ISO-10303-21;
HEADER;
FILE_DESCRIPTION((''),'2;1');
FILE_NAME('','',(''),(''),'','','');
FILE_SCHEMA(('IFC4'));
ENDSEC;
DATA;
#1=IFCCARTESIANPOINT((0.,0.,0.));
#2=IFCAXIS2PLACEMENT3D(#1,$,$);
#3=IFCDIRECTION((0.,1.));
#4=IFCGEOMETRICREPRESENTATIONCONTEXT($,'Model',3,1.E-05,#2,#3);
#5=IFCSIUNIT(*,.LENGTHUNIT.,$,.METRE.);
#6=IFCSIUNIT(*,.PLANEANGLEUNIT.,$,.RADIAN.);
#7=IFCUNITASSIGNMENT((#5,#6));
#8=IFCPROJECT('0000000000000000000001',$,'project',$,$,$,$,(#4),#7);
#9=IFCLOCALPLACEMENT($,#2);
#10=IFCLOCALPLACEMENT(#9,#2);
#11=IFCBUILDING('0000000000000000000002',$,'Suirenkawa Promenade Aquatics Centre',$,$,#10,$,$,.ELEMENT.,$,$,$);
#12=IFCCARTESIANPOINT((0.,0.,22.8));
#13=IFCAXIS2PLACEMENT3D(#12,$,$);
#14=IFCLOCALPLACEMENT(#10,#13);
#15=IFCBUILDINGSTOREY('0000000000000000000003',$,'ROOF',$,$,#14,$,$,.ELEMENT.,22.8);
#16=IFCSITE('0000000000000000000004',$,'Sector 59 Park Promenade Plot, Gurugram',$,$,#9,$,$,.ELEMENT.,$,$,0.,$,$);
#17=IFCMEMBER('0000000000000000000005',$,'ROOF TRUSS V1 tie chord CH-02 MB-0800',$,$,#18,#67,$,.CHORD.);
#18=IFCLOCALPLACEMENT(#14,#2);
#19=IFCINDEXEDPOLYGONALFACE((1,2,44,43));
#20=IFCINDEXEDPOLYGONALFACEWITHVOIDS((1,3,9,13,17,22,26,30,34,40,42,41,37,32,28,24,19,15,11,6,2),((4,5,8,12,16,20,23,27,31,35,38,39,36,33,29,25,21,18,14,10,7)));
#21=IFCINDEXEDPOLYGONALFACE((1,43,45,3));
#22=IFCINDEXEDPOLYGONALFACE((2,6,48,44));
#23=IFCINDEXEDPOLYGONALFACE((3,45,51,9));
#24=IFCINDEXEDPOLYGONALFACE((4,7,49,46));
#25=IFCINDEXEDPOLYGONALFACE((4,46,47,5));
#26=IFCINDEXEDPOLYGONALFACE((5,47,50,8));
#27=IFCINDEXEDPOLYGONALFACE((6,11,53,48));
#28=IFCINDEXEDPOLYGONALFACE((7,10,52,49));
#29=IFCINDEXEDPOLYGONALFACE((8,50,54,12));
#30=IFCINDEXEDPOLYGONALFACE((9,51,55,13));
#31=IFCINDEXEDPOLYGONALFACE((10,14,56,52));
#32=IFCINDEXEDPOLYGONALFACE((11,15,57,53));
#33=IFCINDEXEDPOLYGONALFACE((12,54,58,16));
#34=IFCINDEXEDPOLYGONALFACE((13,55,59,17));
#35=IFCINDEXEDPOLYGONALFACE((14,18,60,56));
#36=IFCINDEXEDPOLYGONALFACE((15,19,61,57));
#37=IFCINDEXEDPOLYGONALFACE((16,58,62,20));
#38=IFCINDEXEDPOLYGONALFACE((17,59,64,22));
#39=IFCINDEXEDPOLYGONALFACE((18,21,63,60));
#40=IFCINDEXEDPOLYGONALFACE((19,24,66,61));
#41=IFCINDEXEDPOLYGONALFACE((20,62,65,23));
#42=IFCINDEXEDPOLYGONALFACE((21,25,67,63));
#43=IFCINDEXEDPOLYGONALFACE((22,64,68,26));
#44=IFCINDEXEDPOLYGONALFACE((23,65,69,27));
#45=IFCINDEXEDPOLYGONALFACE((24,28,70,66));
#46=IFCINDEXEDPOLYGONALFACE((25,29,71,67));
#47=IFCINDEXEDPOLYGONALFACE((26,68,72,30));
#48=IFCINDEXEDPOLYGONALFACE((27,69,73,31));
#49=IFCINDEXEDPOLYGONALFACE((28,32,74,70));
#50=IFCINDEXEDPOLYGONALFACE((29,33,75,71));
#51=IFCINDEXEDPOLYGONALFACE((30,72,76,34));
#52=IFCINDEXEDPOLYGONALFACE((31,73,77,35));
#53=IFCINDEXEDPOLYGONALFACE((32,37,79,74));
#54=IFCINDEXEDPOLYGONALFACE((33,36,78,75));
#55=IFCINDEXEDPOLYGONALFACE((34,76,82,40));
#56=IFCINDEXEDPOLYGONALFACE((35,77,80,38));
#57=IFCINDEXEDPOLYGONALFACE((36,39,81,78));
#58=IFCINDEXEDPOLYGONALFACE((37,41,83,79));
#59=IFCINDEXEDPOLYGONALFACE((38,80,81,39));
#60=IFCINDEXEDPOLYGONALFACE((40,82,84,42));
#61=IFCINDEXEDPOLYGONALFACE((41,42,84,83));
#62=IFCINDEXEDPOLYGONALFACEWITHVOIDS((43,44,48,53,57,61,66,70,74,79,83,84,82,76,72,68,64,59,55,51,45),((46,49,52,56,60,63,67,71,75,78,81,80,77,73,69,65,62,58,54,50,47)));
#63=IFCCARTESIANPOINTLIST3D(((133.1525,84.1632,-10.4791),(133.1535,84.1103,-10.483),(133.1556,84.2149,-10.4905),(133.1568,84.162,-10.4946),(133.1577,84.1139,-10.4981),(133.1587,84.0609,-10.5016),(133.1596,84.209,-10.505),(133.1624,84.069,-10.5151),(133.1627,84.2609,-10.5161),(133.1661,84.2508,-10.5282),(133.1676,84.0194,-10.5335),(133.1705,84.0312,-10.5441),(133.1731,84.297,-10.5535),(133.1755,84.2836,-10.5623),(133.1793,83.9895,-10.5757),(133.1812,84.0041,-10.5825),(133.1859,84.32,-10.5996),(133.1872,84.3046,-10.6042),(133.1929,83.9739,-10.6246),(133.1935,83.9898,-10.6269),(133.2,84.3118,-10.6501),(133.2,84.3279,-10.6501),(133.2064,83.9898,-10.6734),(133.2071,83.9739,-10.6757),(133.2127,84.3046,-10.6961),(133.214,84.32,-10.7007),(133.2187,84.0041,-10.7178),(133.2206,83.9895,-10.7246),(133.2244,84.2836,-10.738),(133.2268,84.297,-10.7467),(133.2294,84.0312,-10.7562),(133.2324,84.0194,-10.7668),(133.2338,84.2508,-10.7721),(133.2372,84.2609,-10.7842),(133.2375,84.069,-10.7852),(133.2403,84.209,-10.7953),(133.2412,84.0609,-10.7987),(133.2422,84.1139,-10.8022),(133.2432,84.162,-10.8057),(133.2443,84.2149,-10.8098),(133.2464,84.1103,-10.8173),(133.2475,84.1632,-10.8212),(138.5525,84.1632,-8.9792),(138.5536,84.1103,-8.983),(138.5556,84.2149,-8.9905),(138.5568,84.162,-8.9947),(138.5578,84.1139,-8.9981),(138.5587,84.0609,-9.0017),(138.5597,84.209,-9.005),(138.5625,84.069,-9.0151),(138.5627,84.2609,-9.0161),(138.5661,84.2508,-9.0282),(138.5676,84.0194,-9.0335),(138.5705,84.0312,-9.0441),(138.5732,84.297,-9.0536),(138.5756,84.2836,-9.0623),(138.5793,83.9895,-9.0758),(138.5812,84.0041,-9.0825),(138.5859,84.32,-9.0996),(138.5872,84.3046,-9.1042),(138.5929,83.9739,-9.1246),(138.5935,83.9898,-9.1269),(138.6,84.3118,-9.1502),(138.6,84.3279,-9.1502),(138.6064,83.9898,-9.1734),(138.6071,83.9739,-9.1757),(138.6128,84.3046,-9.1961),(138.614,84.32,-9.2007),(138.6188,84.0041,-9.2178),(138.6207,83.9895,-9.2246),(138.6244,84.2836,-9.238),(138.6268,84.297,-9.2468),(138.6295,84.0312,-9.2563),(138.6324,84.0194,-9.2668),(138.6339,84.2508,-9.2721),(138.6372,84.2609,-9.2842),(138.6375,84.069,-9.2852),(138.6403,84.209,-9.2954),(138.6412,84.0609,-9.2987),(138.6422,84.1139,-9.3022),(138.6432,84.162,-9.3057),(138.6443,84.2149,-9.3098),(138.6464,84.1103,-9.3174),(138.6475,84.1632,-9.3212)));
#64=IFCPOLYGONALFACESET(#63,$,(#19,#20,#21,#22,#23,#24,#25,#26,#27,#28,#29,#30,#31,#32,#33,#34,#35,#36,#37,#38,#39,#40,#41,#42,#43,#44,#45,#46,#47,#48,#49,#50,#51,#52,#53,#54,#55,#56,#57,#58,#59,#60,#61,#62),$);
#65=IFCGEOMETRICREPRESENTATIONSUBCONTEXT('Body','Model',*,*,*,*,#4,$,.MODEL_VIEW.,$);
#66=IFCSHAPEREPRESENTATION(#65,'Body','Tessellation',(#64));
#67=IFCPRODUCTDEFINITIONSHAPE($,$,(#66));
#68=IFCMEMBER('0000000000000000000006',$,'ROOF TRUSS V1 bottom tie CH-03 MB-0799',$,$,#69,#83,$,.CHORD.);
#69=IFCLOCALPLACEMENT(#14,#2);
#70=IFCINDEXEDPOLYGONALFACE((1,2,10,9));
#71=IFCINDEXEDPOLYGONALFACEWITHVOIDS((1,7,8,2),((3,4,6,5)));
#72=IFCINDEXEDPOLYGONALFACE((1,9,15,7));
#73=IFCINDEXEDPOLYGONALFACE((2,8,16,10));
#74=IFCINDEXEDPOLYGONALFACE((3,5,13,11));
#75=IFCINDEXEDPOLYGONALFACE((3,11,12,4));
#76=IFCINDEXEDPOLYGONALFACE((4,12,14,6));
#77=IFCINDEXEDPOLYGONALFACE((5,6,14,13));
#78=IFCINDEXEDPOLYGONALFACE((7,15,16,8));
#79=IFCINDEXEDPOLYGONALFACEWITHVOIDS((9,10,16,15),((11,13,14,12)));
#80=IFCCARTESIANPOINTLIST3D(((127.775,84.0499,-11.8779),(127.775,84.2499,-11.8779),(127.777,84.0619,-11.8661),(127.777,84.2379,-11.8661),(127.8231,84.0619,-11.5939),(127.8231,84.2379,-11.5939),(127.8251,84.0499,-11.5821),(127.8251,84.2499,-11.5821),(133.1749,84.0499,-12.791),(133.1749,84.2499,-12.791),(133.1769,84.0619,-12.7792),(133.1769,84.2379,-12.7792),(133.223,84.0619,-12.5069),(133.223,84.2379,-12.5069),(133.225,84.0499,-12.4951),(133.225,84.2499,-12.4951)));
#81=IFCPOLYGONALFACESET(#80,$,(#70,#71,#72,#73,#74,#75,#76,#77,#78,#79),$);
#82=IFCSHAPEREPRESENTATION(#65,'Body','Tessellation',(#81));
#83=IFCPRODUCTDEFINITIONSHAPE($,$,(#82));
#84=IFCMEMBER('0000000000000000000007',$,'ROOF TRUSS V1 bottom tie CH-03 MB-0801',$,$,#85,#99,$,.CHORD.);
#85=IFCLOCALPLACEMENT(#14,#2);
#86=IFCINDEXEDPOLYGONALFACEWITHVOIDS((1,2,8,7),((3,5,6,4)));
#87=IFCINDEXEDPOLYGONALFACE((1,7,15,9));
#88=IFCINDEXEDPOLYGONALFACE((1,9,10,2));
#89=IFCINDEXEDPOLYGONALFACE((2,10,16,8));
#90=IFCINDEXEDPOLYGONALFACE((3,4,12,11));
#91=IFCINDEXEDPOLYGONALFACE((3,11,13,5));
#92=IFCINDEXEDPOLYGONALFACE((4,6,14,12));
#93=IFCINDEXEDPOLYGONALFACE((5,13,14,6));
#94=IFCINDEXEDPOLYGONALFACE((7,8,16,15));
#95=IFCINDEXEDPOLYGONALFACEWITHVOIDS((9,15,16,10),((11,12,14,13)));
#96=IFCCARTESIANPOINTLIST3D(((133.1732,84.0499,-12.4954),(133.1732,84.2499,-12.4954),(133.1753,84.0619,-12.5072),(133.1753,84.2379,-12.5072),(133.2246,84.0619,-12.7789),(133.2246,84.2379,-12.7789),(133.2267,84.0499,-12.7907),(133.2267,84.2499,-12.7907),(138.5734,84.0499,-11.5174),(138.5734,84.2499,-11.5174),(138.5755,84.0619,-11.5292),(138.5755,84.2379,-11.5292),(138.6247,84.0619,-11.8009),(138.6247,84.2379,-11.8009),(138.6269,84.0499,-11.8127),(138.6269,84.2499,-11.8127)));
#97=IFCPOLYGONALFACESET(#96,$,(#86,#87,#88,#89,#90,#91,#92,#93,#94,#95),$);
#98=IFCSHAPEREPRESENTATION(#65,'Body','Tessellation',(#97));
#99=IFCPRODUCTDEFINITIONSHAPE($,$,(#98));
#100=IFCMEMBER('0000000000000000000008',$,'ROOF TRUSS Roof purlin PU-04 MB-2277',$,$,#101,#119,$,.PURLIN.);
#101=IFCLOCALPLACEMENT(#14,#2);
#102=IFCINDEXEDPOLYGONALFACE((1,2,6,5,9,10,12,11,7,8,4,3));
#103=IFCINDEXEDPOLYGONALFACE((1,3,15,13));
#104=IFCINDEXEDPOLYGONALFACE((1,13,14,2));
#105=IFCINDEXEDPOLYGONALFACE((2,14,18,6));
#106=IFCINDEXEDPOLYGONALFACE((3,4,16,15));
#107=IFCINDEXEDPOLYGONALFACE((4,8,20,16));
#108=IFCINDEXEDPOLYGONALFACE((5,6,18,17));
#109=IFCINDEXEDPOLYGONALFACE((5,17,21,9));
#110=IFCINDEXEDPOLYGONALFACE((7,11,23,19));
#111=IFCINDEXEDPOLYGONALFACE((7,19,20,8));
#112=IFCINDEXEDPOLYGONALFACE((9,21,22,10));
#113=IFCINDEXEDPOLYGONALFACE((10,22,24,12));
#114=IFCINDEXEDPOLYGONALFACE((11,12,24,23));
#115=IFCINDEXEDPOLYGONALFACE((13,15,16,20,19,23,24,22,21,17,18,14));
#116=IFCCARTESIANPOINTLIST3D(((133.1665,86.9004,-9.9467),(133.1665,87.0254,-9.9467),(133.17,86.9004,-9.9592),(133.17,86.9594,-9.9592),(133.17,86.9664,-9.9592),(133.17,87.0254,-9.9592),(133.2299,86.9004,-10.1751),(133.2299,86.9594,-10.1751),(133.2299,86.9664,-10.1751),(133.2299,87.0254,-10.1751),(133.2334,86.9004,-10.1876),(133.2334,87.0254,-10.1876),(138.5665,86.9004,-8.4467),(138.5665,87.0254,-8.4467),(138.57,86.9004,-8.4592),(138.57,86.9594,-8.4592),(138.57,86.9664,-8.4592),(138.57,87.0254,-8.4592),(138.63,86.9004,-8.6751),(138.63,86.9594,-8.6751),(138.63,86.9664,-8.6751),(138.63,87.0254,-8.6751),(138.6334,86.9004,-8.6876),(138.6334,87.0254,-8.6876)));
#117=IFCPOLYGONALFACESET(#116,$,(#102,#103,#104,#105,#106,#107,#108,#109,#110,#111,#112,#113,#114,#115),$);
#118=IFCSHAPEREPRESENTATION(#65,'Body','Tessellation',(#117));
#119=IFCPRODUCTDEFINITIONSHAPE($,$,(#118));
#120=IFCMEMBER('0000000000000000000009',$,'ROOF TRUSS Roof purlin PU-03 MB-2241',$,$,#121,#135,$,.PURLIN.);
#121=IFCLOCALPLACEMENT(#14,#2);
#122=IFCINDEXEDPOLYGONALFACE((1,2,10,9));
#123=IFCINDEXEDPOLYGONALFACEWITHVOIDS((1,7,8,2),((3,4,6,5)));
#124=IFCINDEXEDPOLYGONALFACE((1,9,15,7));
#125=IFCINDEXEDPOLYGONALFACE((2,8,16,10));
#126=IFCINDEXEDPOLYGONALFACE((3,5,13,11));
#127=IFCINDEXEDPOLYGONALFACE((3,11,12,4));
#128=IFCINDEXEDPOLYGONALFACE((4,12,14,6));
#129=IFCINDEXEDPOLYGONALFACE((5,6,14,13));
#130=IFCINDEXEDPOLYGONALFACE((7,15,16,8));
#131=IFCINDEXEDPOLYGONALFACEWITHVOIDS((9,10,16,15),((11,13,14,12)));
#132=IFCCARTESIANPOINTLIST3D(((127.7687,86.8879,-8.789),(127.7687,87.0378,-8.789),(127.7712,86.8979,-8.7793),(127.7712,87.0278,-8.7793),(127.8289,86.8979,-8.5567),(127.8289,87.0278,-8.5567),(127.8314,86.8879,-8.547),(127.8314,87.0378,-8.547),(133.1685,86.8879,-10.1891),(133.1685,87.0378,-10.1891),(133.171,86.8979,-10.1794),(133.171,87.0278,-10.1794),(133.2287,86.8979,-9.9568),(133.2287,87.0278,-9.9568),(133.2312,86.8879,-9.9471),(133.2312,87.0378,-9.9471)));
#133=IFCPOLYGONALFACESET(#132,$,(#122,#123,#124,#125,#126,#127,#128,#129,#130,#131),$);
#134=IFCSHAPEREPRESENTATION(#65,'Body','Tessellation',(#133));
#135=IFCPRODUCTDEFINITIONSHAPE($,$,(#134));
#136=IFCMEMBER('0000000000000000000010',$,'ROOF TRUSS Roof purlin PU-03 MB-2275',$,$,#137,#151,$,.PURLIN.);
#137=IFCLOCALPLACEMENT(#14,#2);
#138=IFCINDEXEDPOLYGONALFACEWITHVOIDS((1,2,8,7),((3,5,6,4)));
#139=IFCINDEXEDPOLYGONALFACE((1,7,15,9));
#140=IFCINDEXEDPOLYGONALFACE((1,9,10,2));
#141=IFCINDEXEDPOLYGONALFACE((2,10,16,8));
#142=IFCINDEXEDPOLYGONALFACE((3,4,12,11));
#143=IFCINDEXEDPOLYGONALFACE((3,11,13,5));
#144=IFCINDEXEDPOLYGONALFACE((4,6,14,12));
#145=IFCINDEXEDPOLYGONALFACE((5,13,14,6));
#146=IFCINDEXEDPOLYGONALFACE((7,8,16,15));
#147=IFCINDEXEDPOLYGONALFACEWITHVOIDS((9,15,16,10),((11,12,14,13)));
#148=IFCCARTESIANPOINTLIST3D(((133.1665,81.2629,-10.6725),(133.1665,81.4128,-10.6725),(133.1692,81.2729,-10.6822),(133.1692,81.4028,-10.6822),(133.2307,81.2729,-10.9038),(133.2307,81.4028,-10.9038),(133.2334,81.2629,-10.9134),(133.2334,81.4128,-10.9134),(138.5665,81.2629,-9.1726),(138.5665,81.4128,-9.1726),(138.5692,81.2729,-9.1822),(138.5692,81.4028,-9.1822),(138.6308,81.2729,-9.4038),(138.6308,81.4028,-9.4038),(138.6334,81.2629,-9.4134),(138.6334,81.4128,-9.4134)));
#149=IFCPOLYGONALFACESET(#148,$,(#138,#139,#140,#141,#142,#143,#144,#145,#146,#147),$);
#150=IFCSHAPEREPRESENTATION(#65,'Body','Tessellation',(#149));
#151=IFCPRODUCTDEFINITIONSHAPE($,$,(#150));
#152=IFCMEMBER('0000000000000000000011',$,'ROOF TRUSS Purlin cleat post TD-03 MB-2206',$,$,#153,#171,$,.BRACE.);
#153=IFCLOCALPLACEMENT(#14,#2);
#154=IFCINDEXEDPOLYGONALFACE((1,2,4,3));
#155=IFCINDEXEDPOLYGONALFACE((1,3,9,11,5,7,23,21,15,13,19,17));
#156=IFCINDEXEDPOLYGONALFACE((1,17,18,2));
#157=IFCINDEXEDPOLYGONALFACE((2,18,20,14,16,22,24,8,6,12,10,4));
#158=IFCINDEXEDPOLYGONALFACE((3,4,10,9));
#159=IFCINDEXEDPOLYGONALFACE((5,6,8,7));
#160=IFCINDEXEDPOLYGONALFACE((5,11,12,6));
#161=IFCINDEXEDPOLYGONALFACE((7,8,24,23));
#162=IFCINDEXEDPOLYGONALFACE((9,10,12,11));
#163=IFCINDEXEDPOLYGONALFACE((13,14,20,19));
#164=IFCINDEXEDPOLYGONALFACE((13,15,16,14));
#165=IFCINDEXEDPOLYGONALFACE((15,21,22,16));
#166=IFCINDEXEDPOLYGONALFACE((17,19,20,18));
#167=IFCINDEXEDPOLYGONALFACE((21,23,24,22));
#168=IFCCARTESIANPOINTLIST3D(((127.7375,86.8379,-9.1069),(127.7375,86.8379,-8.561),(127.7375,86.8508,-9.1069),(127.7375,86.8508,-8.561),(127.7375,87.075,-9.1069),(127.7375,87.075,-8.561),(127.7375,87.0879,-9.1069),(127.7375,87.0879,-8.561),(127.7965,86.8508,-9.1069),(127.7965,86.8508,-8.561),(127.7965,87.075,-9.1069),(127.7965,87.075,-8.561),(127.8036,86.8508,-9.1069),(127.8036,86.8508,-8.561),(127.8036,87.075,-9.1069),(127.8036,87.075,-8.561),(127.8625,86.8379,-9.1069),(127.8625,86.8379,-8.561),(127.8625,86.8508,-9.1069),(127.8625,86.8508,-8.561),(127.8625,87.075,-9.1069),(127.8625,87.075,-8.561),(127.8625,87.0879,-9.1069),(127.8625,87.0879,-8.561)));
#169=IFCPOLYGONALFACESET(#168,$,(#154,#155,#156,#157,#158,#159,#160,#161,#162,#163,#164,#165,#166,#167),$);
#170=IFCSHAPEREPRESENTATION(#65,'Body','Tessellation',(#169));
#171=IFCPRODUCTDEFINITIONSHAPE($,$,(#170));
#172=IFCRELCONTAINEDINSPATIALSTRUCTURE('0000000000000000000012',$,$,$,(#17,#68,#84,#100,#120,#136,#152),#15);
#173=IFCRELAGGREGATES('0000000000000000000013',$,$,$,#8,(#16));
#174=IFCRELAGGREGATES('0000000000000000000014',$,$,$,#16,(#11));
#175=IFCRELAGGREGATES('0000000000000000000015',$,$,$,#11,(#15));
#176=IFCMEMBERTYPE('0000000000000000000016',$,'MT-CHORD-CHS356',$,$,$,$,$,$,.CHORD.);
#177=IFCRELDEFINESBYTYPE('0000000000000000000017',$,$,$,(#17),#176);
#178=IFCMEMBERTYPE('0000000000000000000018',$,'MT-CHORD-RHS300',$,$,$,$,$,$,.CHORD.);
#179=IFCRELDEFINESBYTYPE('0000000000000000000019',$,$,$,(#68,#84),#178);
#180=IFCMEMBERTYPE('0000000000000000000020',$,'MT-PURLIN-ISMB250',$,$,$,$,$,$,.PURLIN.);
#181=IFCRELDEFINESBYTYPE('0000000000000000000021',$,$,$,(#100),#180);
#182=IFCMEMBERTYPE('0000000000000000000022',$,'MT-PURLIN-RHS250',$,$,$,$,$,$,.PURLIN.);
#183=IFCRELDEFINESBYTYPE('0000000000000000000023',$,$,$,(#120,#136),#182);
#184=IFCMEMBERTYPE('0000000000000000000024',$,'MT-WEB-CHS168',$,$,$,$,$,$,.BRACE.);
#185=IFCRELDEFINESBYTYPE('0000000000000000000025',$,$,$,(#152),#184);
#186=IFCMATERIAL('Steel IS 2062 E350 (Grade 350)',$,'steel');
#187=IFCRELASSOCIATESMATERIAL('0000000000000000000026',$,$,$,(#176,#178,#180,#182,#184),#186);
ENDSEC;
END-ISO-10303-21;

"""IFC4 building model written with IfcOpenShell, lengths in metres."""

from ifc_helpers import new_model, si_unit, direction, frame, origin, origin_2d, place, context, subcontext, project, spatial, hollow_rectangle, hollow_circle, i_section, extrude, material, material_profile, profile_set, type_object, element, save


model = new_model("IFC4")

# Units and contexts
model_context = context("Model", 3, precision=1e-05, world=origin(), true_north=direction((0.0, 1.0)))
body_context = subcontext(model_context, "Body", "Model", "MODEL_VIEW")
ifc_project = project(units=[si_unit("LENGTHUNIT", "METRE"), si_unit("PLANEANGLEUNIT", "RADIAN")], contexts=[model_context])

# Site, building, storey
site_placement = place(None, origin())
site = spatial("IfcSite", under=ifc_project, at=site_placement, Name="Sector 59 Park Promenade Plot, Gurugram", CompositionType="ELEMENT", RefElevation=0.0)
building_placement = place(site_placement, origin())
building = spatial("IfcBuilding", under=site, at=building_placement, Name="Suirenkawa Promenade Aquatics Centre", CompositionType="ELEMENT")
storey_placement = place(building_placement, frame((0.0, 0.0, 22.8)))
storey = spatial("IfcBuildingStorey", under=building, at=storey_placement, Name="ROOF", CompositionType="ELEMENT", Elevation=22.8)

# Shared definitions
ifc_material = material(Name="Steel IS 2062 E350 (Grade 350)", Category="steel")

# Members
ifc_material_profile_1 = material_profile(ifc_material, hollow_circle(Radius=0.178, WallThickness=0.0161, at=origin_2d()), Name="CHS 356x16", Category="steel")
ifc_profile_set_1 = profile_set([ifc_material_profile_1], Name="Steel IS 2062 E350 (Grade 350)")
member_type_1 = type_object("IfcMemberType", Name="MT-CHORD-CHS356", PredefinedType="CHORD", material=ifc_profile_set_1)
member_1_placement = place(storey_placement, frame((133.2, 84.1499, -10.6501), z_axis=(0.96352, 0.0, 0.267637), x_axis=(0.0, 1.0, 0.0)))
element("IfcMember", 1, at=member_1_placement, inside=storey, type_object=member_type_1, Name="ROOF TRUSS V1 tie chord CH-02 MB-0800", PredefinedType="CHORD", context=body_context, shape_type="SweptSolid", body=[
    extrude(hollow_circle(Radius=0.178, WallThickness=0.0161, at=origin_2d()), origin(), (0.0, 0.0, 1.0), 5.6045),
])
ifc_material_profile_2 = material_profile(ifc_material, hollow_rectangle(XDim=0.2, YDim=0.3, WallThickness=0.012, at=origin_2d()), Name="RHS 300x200x12", Category="steel")
ifc_profile_set_2 = profile_set([ifc_material_profile_2], Name="Steel IS 2062 E350 (Grade 350)")
member_type_2 = type_object("IfcMemberType", Name="MT-CHORD-RHS300", PredefinedType="CHORD", material=ifc_profile_set_2)
member_2_placement = place(storey_placement, frame((127.8, 84.1499, -11.73), z_axis=(0.986003, 0.0, -0.166726), x_axis=(0.0, 1.0, 0.0)))
element("IfcMember", 2, at=member_2_placement, inside=storey, type_object=member_type_2, Name="ROOF TRUSS V1 bottom tie CH-03 MB-0799", PredefinedType="CHORD", context=body_context, shape_type="SweptSolid", body=[
    extrude(hollow_rectangle(XDim=0.2, YDim=0.3, WallThickness=0.012, at=origin_2d()), origin(), (0.0, 0.0, 1.0), 5.4766),
])
member_3_placement = place(storey_placement, frame((133.2, 84.1499, -12.6431), z_axis=(0.983992, 0.0, 0.178212), x_axis=(0.0, 1.0, 0.0)))
element("IfcMember", 3, at=member_3_placement, inside=storey, type_object=member_type_2, Name="ROOF TRUSS V1 bottom tie CH-03 MB-0801", PredefinedType="CHORD", context=body_context, shape_type="SweptSolid", body=[
    extrude(hollow_rectangle(XDim=0.2, YDim=0.3, WallThickness=0.012, at=origin_2d()), origin(), (0.0, 0.0, 1.0), 5.488),
])
ifc_material_profile_3 = material_profile(ifc_material, i_section(OverallWidth=0.125, OverallDepth=0.25, WebThickness=0.0071, FlangeThickness=0.0129, at=origin_2d()), Name="ISMB 250", Category="steel")
ifc_profile_set_3 = profile_set([ifc_material_profile_3], Name="Steel IS 2062 E350 (Grade 350)")
member_type_3 = type_object("IfcMemberType", Name="MT-PURLIN-ISMB250", PredefinedType="PURLIN", material=ifc_profile_set_3)
member_4_placement = place(storey_placement, frame((133.2, 86.9629, -10.0671), z_axis=(0.96352, 0.0, 0.267637), x_axis=(0.0, 1.0, 0.0)))
element("IfcMember", 4, at=member_4_placement, inside=storey, type_object=member_type_3, Name="ROOF TRUSS Roof purlin PU-04 MB-2277", PredefinedType="PURLIN", context=body_context, shape_type="SweptSolid", body=[
    extrude(i_section(OverallWidth=0.125, OverallDepth=0.25, WebThickness=0.0071, FlangeThickness=0.0129, at=origin_2d()), origin(), (0.0, 0.0, 1.0), 5.6045),
])
ifc_material_profile_4 = material_profile(ifc_material, hollow_rectangle(XDim=0.1499, YDim=0.25, WallThickness=0.01, at=origin_2d()), Name="RHS 250x150x10", Category="steel")
ifc_profile_set_4 = profile_set([ifc_material_profile_4], Name="Steel IS 2062 E350 (Grade 350)")
member_type_4 = type_object("IfcMemberType", Name="MT-PURLIN-RHS250", PredefinedType="PURLIN", material=ifc_profile_set_4)
member_5_placement = place(storey_placement, frame((127.8, 86.9629, -8.668), z_axis=(0.967989, 0.0, -0.250991), x_axis=(0.0, 1.0, 0.0)))
element("IfcMember", 5, at=member_5_placement, inside=storey, type_object=member_type_4, Name="ROOF TRUSS Roof purlin PU-03 MB-2241", PredefinedType="PURLIN", context=body_context, shape_type="SweptSolid", body=[
    extrude(hollow_rectangle(XDim=0.1499, YDim=0.25, WallThickness=0.01, at=origin_2d()), origin(), (0.0, 0.0, 1.0), 5.5784),
])
member_6_placement = place(storey_placement, frame((133.2, 81.3379, -10.793), z_axis=(0.96352, 0.0, 0.267637), x_axis=(0.0, 1.0, 0.0)))
element("IfcMember", 6, at=member_6_placement, inside=storey, type_object=member_type_4, Name="ROOF TRUSS Roof purlin PU-03 MB-2275", PredefinedType="PURLIN", context=body_context, shape_type="SweptSolid", body=[
    extrude(hollow_rectangle(XDim=0.1499, YDim=0.25, WallThickness=0.01, at=origin_2d()), origin(), (0.0, 0.0, 1.0), 5.6045),
])
ifc_material_profile_5 = material_profile(ifc_material, i_section(OverallWidth=0.125, OverallDepth=0.25, WebThickness=0.0071, FlangeThickness=0.0129, at=origin_2d()), Name="ISMB 250", Category="steel")
ifc_profile_set_5 = profile_set([ifc_material_profile_5], Name="Steel IS 2062 E350 (Grade 350)")
member_type_5 = type_object("IfcMemberType", Name="MT-WEB-CHS168", PredefinedType="BRACE", material=ifc_profile_set_5)
for number, where, z_axis, x_axis, name in (
    (7, (127.8, 86.9629, -9.1069), (0.0, 0.0, 1.0), (1.0, 0.0, 0.0), "ROOF TRUSS Purlin cleat post TD-03 MB-2206"),
):
    element("IfcMember", number, at=place(storey_placement, frame(where, z_axis=z_axis, x_axis=x_axis)), inside=storey, type_object=member_type_5, Name=name, PredefinedType="BRACE", context=body_context, shape_type="SweptSolid", body=[
        extrude(i_section(OverallWidth=0.125, OverallDepth=0.25, WebThickness=0.0071, FlangeThickness=0.0129, at=origin_2d()), origin(), (0.0, 0.0, 1.0), 0.5459),
    ])

save(model, "model.ifc")
